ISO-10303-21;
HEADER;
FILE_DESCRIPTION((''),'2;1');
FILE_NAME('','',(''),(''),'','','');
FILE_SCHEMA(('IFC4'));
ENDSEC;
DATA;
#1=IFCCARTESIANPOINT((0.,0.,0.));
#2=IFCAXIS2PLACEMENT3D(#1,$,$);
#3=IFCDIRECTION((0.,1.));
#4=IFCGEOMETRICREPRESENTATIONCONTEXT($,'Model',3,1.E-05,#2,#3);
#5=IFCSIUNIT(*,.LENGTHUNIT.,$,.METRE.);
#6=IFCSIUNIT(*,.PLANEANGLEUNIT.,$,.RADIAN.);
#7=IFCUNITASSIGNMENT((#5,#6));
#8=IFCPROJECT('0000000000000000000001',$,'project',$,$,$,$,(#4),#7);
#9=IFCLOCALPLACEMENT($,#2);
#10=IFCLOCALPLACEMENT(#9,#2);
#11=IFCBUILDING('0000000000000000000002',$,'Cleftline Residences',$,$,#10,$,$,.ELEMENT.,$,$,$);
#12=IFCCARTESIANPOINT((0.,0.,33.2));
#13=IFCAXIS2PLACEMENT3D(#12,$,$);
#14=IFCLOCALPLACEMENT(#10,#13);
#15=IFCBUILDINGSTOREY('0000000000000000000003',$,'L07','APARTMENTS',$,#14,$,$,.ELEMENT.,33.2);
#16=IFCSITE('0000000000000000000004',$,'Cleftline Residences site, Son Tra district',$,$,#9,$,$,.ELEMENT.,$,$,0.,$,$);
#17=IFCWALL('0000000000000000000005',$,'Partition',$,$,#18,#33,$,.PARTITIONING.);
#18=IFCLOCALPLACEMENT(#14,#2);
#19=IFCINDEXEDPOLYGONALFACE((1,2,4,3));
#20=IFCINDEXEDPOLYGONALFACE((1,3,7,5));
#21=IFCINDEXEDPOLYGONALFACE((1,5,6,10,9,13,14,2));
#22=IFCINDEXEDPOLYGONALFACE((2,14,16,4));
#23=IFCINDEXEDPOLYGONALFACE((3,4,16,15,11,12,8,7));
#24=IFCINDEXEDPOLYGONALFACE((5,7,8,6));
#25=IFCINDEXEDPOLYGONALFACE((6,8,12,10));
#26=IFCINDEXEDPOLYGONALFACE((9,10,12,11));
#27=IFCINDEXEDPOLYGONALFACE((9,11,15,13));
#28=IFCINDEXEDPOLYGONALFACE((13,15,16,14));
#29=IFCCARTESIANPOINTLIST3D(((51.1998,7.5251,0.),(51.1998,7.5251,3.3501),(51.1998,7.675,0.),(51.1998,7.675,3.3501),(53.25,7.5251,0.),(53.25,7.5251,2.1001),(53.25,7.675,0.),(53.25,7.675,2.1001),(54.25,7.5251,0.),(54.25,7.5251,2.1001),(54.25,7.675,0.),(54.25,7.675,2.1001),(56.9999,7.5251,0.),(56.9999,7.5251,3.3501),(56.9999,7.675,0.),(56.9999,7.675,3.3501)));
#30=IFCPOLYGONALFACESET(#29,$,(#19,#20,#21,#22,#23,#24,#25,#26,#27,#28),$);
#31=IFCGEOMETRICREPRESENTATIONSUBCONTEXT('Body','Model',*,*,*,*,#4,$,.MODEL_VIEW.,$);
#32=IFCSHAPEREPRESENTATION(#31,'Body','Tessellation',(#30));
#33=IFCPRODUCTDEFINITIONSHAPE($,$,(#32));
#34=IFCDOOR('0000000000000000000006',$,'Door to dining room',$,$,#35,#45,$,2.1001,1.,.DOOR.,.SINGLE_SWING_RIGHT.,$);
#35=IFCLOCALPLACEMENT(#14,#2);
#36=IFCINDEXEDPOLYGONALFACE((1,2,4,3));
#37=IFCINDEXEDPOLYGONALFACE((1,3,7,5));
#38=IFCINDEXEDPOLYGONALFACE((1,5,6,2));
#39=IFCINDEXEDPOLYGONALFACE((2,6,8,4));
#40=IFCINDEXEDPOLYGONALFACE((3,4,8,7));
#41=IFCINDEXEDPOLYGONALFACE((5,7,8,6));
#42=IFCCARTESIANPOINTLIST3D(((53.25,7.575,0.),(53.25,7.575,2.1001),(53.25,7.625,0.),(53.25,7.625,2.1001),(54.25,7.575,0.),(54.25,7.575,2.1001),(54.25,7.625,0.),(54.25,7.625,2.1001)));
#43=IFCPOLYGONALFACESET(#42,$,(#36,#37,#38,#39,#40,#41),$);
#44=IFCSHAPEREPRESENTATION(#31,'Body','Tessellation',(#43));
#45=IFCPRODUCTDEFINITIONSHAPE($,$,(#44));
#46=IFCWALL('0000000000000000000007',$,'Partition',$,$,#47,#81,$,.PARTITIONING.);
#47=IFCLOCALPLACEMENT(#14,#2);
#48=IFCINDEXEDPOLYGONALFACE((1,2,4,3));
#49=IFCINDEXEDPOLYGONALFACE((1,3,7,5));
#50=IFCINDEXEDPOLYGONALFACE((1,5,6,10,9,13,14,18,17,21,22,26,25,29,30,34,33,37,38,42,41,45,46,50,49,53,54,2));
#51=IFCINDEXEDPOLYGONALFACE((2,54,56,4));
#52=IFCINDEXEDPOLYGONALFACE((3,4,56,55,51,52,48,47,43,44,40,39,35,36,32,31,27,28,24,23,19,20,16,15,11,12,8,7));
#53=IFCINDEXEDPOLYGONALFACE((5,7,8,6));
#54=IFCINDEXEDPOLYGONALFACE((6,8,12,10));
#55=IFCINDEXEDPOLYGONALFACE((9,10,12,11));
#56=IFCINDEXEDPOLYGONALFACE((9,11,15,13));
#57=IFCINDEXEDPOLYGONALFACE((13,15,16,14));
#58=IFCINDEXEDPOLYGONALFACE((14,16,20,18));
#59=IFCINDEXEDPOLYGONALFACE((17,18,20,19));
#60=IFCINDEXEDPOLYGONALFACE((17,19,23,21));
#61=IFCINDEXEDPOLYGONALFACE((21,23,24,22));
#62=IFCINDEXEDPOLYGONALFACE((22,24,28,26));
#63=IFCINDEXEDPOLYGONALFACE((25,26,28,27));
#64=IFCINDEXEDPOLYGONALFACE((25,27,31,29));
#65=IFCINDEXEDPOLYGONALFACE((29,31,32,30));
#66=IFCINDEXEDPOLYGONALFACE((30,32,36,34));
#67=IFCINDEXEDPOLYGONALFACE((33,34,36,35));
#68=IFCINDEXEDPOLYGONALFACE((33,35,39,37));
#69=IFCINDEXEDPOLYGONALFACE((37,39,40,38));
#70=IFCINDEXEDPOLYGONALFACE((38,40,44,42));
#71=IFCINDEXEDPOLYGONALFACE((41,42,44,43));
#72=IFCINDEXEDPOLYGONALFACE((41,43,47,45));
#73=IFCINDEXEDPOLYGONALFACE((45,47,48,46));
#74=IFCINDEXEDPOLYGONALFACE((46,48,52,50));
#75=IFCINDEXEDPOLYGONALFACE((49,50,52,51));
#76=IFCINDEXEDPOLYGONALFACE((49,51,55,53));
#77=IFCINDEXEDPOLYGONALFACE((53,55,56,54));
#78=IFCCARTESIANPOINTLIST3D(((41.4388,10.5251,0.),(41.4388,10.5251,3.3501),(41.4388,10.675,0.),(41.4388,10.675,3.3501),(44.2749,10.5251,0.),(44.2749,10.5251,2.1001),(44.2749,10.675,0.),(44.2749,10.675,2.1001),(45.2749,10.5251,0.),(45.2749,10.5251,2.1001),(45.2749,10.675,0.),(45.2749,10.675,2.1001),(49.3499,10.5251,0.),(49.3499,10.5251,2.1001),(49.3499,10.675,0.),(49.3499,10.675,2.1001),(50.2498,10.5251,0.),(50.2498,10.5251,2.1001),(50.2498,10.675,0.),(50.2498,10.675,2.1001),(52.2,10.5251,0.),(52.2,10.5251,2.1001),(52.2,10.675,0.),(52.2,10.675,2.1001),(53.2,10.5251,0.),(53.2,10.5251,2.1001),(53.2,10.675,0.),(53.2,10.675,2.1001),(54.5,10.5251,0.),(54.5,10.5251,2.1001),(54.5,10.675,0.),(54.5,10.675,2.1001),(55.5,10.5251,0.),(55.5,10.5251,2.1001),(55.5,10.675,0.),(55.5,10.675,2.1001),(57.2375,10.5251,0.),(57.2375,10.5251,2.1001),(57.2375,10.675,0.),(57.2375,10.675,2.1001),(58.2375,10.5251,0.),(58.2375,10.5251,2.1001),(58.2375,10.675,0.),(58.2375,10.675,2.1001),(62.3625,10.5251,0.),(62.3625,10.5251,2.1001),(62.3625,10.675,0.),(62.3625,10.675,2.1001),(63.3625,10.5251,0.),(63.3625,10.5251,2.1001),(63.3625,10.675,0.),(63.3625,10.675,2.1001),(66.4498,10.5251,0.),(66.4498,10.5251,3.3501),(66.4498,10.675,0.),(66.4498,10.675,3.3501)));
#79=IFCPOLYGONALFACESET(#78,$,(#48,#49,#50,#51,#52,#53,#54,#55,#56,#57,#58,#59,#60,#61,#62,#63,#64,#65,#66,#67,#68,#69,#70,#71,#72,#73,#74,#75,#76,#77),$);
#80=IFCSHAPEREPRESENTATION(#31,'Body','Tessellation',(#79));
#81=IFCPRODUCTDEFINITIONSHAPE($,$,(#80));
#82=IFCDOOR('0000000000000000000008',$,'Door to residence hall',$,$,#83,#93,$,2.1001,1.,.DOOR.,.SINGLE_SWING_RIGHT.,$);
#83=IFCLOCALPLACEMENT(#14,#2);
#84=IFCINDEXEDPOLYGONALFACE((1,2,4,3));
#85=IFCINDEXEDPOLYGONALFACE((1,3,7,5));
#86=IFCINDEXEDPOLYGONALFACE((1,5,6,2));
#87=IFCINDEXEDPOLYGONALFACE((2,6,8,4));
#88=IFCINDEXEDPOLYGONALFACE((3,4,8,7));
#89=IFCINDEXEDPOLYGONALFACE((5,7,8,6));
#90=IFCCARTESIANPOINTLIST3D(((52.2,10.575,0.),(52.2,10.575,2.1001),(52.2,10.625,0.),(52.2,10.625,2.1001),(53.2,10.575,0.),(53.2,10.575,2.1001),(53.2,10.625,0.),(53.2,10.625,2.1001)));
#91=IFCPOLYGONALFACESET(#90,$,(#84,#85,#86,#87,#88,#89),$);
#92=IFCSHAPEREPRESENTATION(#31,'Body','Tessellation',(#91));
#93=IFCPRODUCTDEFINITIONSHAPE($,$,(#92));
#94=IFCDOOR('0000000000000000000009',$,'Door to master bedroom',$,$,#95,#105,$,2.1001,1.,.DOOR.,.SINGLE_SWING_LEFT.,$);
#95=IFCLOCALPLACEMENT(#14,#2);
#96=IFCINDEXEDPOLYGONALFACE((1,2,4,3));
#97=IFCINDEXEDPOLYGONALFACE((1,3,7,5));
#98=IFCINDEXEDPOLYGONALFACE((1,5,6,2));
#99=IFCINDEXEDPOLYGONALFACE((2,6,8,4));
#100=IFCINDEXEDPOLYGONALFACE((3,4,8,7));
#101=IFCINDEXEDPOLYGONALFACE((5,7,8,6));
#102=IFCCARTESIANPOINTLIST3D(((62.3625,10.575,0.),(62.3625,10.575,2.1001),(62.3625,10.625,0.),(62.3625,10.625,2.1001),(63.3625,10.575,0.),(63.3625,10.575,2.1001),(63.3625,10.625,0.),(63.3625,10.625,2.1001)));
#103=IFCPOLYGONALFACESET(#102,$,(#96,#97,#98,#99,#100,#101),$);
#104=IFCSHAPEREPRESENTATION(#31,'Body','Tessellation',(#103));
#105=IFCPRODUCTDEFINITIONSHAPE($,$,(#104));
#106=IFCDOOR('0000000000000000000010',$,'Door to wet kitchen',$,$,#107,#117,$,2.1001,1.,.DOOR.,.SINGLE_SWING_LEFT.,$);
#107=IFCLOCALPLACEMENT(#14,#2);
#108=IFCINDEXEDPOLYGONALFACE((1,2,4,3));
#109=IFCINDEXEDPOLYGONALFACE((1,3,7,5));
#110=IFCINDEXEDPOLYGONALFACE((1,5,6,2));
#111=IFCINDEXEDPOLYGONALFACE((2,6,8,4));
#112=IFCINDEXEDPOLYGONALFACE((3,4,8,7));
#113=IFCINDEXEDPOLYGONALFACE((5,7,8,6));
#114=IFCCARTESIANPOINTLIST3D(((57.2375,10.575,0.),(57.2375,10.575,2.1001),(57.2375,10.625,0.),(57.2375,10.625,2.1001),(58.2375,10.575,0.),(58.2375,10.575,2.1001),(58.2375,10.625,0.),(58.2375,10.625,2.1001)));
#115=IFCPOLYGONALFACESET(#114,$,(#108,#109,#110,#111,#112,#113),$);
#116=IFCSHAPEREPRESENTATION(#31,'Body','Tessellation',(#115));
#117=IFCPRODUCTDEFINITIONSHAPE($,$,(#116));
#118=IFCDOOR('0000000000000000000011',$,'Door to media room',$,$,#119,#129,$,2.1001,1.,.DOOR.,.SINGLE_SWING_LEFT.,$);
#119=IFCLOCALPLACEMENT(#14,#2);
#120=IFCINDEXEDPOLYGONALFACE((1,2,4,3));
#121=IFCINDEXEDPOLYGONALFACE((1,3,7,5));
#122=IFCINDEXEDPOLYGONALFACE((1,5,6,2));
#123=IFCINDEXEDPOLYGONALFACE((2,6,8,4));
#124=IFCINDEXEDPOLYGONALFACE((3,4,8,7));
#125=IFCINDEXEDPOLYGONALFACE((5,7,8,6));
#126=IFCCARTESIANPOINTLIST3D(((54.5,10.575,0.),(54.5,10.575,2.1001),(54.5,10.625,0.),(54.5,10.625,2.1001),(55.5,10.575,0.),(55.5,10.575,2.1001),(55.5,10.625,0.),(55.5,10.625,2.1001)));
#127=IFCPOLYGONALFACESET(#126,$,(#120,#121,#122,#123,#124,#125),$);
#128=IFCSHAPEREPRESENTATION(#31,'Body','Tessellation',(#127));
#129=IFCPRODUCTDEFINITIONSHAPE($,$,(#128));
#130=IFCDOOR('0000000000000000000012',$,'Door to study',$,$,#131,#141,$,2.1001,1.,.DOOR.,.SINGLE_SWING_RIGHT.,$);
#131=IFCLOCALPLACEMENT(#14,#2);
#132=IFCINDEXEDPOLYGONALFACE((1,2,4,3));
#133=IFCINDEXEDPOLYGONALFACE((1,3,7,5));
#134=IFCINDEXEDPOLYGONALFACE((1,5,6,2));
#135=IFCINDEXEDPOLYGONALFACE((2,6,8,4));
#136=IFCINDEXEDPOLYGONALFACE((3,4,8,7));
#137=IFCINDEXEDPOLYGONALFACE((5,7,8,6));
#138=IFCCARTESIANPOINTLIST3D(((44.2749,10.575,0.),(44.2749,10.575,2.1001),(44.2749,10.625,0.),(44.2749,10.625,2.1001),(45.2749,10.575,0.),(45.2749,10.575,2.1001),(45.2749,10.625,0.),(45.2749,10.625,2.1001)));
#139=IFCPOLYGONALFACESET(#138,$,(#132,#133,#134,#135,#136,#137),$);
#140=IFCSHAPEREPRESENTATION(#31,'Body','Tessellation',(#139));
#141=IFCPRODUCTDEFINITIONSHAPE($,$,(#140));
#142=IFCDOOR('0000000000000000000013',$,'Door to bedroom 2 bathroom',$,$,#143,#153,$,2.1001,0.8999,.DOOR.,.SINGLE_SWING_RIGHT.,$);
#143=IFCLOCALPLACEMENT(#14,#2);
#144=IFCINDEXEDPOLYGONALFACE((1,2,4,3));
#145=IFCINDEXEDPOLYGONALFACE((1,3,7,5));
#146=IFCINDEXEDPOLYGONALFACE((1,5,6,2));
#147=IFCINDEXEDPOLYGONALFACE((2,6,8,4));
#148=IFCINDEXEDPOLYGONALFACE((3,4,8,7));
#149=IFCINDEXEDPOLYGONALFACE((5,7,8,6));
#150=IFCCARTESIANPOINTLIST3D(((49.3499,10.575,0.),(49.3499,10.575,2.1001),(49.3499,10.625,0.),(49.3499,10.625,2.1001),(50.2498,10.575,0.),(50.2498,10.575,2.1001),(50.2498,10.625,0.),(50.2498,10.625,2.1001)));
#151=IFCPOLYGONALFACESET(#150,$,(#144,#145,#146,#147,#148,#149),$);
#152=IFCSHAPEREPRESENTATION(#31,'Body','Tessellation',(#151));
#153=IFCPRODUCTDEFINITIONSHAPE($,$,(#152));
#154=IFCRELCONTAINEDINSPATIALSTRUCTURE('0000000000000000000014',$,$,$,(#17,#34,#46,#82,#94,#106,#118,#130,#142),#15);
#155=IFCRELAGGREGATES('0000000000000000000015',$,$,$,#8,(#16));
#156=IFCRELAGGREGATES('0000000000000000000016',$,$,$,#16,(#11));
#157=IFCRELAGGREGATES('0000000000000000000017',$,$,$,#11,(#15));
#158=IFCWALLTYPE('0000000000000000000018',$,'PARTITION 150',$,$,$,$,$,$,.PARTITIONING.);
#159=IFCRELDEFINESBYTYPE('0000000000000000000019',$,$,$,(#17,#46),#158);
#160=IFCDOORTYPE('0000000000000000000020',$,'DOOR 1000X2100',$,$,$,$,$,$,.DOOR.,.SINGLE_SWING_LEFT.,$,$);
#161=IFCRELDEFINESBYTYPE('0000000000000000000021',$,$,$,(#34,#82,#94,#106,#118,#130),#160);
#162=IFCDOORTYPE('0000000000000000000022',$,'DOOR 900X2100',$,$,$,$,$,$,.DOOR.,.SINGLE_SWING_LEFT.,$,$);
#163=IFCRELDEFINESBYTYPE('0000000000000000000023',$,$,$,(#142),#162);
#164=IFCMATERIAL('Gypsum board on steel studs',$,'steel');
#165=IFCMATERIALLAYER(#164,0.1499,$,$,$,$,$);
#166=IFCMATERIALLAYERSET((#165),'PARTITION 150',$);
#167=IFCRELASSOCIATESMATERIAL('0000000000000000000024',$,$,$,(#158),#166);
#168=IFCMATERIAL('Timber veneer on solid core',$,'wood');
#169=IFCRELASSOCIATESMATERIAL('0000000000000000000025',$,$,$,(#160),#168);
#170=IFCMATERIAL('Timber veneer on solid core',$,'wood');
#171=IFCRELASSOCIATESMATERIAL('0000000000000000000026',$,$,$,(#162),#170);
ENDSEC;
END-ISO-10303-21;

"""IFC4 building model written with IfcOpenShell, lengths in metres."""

from ifc_helpers import new_model, si_unit, direction, frame, frame_2d, origin, place, context, subcontext, project, spatial, rectangle, extrude, material, layer, layer_set, type_object, element, fill, save


model = new_model("IFC4")

# Units and contexts
model_context = context("Model", 3, precision=1e-05, world=origin(), true_north=direction((0.0, 1.0)))
body_context = subcontext(model_context, "Body", "Model", "MODEL_VIEW")
ifc_project = project(units=[si_unit("LENGTHUNIT", "METRE"), si_unit("PLANEANGLEUNIT", "RADIAN")], contexts=[model_context])

# Site, building, storey
site_placement = place(None, origin())
site = spatial("IfcSite", under=ifc_project, at=site_placement, Name="Cleftline Residences site, Son Tra district", CompositionType="ELEMENT", RefElevation=0.0)
building_placement = place(site_placement, origin())
building = spatial("IfcBuilding", under=site, at=building_placement, Name="Cleftline Residences", CompositionType="ELEMENT")
storey_placement = place(building_placement, frame((0.0, 0.0, 33.2)))
storey = spatial("IfcBuildingStorey", under=building, at=storey_placement, Name="L07", Description="APARTMENTS", CompositionType="ELEMENT", Elevation=33.2)

# Shared definitions
ifc_material_1 = material(Name="Gypsum board on steel studs", Category="steel")
ifc_layer_1 = layer(ifc_material_1, 0.1499)
ifc_layer_set_1 = layer_set([ifc_layer_1], Name="PARTITION 150")
wall_type = type_object("IfcWallType", Name="PARTITION 150", PredefinedType="PARTITIONING", material=ifc_layer_set_1)
ifc_material_2 = material(Name="Timber veneer on solid core", Category="wood")
door_type_1 = type_object("IfcDoorType", Name="DOOR 1000X2100", OperationType="SINGLE_SWING_LEFT", PredefinedType="DOOR", material=ifc_material_2)

# Wall, opening, door
wall_1_placement = place(storey_placement, frame((51.2, 7.6001, 0.0), z_axis=(0.0, 0.0, 1.0), x_axis=(1.0, 0.0, 0.0)))
wall_1 = element("IfcWall", 1, at=wall_1_placement, inside=storey, type_object=wall_type, Name="Partition", PredefinedType="PARTITIONING", context=body_context, shape_type="SweptSolid", body=[
    extrude(rectangle(XDim=5.8, YDim=0.1499, at=frame_2d((2.8999, 0.0))), origin(), (0.0, 0.0, 1.0), 3.3501),
])
opening_1_placement = place(wall_1_placement, frame((2.05, 0.0, 0.0)))
opening_1 = element("IfcOpeningElement", 2, at=opening_1_placement, cuts=wall_1, PredefinedType="OPENING", context=body_context, shape_type="SweptSolid", body=[
    extrude(rectangle(XDim=1.0, YDim=2.1001, at=frame_2d((0.5, 1.05))), frame((0.0, 0.085, 0.0), z_axis=(0.0, -1.0, 0.0), x_axis=(1.0, 0.0, 0.0)), (0.0, 0.0, 1.0), 0.1699),
])
door_1_placement = place(opening_1_placement, origin())
door_1 = element("IfcDoor", 3, at=door_1_placement, inside=storey, type_object=door_type_1, Name="Door to dining room", OperationType="SINGLE_SWING_RIGHT", OverallHeight=2.1001, OverallWidth=1.0, PredefinedType="DOOR", context=body_context, shape_type="SweptSolid", body=[
    extrude(rectangle(XDim=1.0, YDim=2.1001, at=frame_2d((0.5, 1.05))), frame((0.0, 0.0249, 0.0), z_axis=(0.0, -1.0, 0.0), x_axis=(1.0, 0.0, 0.0)), (0.0, 0.0, 1.0), 0.05),
])
fill(opening_1, door_1)

# Wall, openings, doors
wall_2_placement = place(storey_placement, frame((41.439, 10.6001, 0.0), z_axis=(0.0, 0.0, 1.0), x_axis=(1.0, 0.0, 0.0)))
wall_2 = element("IfcWall", 4, at=wall_2_placement, inside=storey, type_object=wall_type, Name="Partition", PredefinedType="PARTITIONING", context=body_context, shape_type="SweptSolid", body=[
    extrude(rectangle(XDim=25.011, YDim=0.1499, at=frame_2d((12.5054, 0.0))), origin(), (0.0, 0.0, 1.0), 3.3501),
])
opening_2_placement = place(wall_2_placement, frame((10.761, 0.0, 0.0)))
opening_2 = element("IfcOpeningElement", 5, at=opening_2_placement, cuts=wall_2, PredefinedType="OPENING", context=body_context, shape_type="SweptSolid", body=[
    extrude(rectangle(XDim=1.0, YDim=2.1001, at=frame_2d((0.5, 1.05))), frame((0.0, 0.085, 0.0), z_axis=(0.0, -1.0, 0.0), x_axis=(1.0, 0.0, 0.0)), (0.0, 0.0, 1.0), 0.1699),
])
opening_3_placement = place(wall_2_placement, frame((20.9236, 0.0, 0.0)))
opening_3 = element("IfcOpeningElement", 6, at=opening_3_placement, cuts=wall_2, PredefinedType="OPENING", context=body_context, shape_type="SweptSolid", body=[
    extrude(rectangle(XDim=1.0, YDim=2.1001, at=frame_2d((0.5, 1.05))), frame((0.0, 0.085, 0.0), z_axis=(0.0, -1.0, 0.0), x_axis=(1.0, 0.0, 0.0)), (0.0, 0.0, 1.0), 0.1699),
])
opening_4_placement = place(wall_2_placement, frame((15.7986, 0.0, 0.0)))
opening_4 = element("IfcOpeningElement", 7, at=opening_4_placement, cuts=wall_2, PredefinedType="OPENING", context=body_context, shape_type="SweptSolid", body=[
    extrude(rectangle(XDim=1.0, YDim=2.1001, at=frame_2d((0.5, 1.05))), frame((0.0, 0.085, 0.0), z_axis=(0.0, -1.0, 0.0), x_axis=(1.0, 0.0, 0.0)), (0.0, 0.0, 1.0), 0.1699),
])
opening_5_placement = place(wall_2_placement, frame((13.061, 0.0, 0.0)))
opening_5 = element("IfcOpeningElement", 8, at=opening_5_placement, cuts=wall_2, PredefinedType="OPENING", context=body_context, shape_type="SweptSolid", body=[
    extrude(rectangle(XDim=1.0, YDim=2.1001, at=frame_2d((0.5, 1.05))), frame((0.0, 0.085, 0.0), z_axis=(0.0, -1.0, 0.0), x_axis=(1.0, 0.0, 0.0)), (0.0, 0.0, 1.0), 0.1699),
])
opening_6_placement = place(wall_2_placement, frame((7.9109, 0.0, 0.0)))
opening_6 = element("IfcOpeningElement", 9, at=opening_6_placement, cuts=wall_2, PredefinedType="OPENING", context=body_context, shape_type="SweptSolid", body=[
    extrude(rectangle(XDim=0.8999, YDim=2.1001, at=frame_2d((0.45, 1.05))), frame((0.0, 0.085, 0.0), z_axis=(0.0, -1.0, 0.0), x_axis=(1.0, 0.0, 0.0)), (0.0, 0.0, 1.0), 0.1699),
])
opening_7_placement = place(wall_2_placement, frame((2.8359, 0.0, 0.0)))
opening_7 = element("IfcOpeningElement", 10, at=opening_7_placement, cuts=wall_2, PredefinedType="OPENING", context=body_context, shape_type="SweptSolid", body=[
    extrude(rectangle(XDim=1.0, YDim=2.1001, at=frame_2d((0.5, 1.05))), frame((0.0, 0.085, 0.0), z_axis=(0.0, -1.0, 0.0), x_axis=(1.0, 0.0, 0.0)), (0.0, 0.0, 1.0), 0.1699),
])
door_2_placement = place(opening_2_placement, origin())
door_2 = element("IfcDoor", 11, at=door_2_placement, inside=storey, type_object=door_type_1, Name="Door to residence hall", OperationType="SINGLE_SWING_RIGHT", OverallHeight=2.1001, OverallWidth=1.0, PredefinedType="DOOR", context=body_context, shape_type="SweptSolid", body=[
    extrude(rectangle(XDim=1.0, YDim=2.1001, at=frame_2d((0.5, 1.05))), frame((0.0, 0.0249, 0.0), z_axis=(0.0, -1.0, 0.0), x_axis=(1.0, 0.0, 0.0)), (0.0, 0.0, 1.0), 0.05),
])
fill(opening_2, door_2)
door_3_placement = place(opening_3_placement, origin())
door_3 = element("IfcDoor", 12, at=door_3_placement, inside=storey, type_object=door_type_1, Name="Door to master bedroom", OperationType="SINGLE_SWING_LEFT", OverallHeight=2.1001, OverallWidth=1.0, PredefinedType="DOOR", context=body_context, shape_type="SweptSolid", body=[
    extrude(rectangle(XDim=1.0, YDim=2.1001, at=frame_2d((0.5, 1.05))), frame((0.0, 0.0249, 0.0), z_axis=(0.0, -1.0, 0.0), x_axis=(1.0, 0.0, 0.0)), (0.0, 0.0, 1.0), 0.05),
])
fill(opening_3, door_3)
door_4_placement = place(opening_4_placement, origin())
door_4 = element("IfcDoor", 13, at=door_4_placement, inside=storey, type_object=door_type_1, Name="Door to wet kitchen", OperationType="SINGLE_SWING_LEFT", OverallHeight=2.1001, OverallWidth=1.0, PredefinedType="DOOR", context=body_context, shape_type="SweptSolid", body=[
    extrude(rectangle(XDim=1.0, YDim=2.1001, at=frame_2d((0.5, 1.05))), frame((0.0, 0.0249, 0.0), z_axis=(0.0, -1.0, 0.0), x_axis=(1.0, 0.0, 0.0)), (0.0, 0.0, 1.0), 0.05),
])
fill(opening_4, door_4)
door_5_placement = place(opening_5_placement, origin())
door_5 = element("IfcDoor", 14, at=door_5_placement, inside=storey, type_object=door_type_1, Name="Door to media room", OperationType="SINGLE_SWING_LEFT", OverallHeight=2.1001, OverallWidth=1.0, PredefinedType="DOOR", context=body_context, shape_type="SweptSolid", body=[
    extrude(rectangle(XDim=1.0, YDim=2.1001, at=frame_2d((0.5, 1.05))), frame((0.0, 0.0249, 0.0), z_axis=(0.0, -1.0, 0.0), x_axis=(1.0, 0.0, 0.0)), (0.0, 0.0, 1.0), 0.05),
])
fill(opening_5, door_5)
door_6_placement = place(opening_7_placement, origin())
door_6 = element("IfcDoor", 15, at=door_6_placement, inside=storey, type_object=door_type_1, Name="Door to study", OperationType="SINGLE_SWING_RIGHT", OverallHeight=2.1001, OverallWidth=1.0, PredefinedType="DOOR", context=body_context, shape_type="SweptSolid", body=[
    extrude(rectangle(XDim=1.0, YDim=2.1001, at=frame_2d((0.5, 1.05))), frame((0.0, 0.0249, 0.0), z_axis=(0.0, -1.0, 0.0), x_axis=(1.0, 0.0, 0.0)), (0.0, 0.0, 1.0), 0.05),
])
fill(opening_7, door_6)
ifc_material_3 = material(Name="Timber veneer on solid core", Category="wood")
door_type_2 = type_object("IfcDoorType", Name="DOOR 900X2100", OperationType="SINGLE_SWING_LEFT", PredefinedType="DOOR", material=ifc_material_3)
door_7_placement = place(opening_6_placement, origin())
door_7 = element("IfcDoor", 16, at=door_7_placement, inside=storey, type_object=door_type_2, Name="Door to bedroom 2 bathroom", OperationType="SINGLE_SWING_RIGHT", OverallHeight=2.1001, OverallWidth=0.8999, PredefinedType="DOOR", context=body_context, shape_type="SweptSolid", body=[
    extrude(rectangle(XDim=0.8999, YDim=2.1001, at=frame_2d((0.45, 1.05))), frame((0.0, 0.0249, 0.0), z_axis=(0.0, -1.0, 0.0), x_axis=(1.0, 0.0, 0.0)), (0.0, 0.0, 1.0), 0.05),
])
fill(opening_6, door_7)

save(model, "model.ifc")
